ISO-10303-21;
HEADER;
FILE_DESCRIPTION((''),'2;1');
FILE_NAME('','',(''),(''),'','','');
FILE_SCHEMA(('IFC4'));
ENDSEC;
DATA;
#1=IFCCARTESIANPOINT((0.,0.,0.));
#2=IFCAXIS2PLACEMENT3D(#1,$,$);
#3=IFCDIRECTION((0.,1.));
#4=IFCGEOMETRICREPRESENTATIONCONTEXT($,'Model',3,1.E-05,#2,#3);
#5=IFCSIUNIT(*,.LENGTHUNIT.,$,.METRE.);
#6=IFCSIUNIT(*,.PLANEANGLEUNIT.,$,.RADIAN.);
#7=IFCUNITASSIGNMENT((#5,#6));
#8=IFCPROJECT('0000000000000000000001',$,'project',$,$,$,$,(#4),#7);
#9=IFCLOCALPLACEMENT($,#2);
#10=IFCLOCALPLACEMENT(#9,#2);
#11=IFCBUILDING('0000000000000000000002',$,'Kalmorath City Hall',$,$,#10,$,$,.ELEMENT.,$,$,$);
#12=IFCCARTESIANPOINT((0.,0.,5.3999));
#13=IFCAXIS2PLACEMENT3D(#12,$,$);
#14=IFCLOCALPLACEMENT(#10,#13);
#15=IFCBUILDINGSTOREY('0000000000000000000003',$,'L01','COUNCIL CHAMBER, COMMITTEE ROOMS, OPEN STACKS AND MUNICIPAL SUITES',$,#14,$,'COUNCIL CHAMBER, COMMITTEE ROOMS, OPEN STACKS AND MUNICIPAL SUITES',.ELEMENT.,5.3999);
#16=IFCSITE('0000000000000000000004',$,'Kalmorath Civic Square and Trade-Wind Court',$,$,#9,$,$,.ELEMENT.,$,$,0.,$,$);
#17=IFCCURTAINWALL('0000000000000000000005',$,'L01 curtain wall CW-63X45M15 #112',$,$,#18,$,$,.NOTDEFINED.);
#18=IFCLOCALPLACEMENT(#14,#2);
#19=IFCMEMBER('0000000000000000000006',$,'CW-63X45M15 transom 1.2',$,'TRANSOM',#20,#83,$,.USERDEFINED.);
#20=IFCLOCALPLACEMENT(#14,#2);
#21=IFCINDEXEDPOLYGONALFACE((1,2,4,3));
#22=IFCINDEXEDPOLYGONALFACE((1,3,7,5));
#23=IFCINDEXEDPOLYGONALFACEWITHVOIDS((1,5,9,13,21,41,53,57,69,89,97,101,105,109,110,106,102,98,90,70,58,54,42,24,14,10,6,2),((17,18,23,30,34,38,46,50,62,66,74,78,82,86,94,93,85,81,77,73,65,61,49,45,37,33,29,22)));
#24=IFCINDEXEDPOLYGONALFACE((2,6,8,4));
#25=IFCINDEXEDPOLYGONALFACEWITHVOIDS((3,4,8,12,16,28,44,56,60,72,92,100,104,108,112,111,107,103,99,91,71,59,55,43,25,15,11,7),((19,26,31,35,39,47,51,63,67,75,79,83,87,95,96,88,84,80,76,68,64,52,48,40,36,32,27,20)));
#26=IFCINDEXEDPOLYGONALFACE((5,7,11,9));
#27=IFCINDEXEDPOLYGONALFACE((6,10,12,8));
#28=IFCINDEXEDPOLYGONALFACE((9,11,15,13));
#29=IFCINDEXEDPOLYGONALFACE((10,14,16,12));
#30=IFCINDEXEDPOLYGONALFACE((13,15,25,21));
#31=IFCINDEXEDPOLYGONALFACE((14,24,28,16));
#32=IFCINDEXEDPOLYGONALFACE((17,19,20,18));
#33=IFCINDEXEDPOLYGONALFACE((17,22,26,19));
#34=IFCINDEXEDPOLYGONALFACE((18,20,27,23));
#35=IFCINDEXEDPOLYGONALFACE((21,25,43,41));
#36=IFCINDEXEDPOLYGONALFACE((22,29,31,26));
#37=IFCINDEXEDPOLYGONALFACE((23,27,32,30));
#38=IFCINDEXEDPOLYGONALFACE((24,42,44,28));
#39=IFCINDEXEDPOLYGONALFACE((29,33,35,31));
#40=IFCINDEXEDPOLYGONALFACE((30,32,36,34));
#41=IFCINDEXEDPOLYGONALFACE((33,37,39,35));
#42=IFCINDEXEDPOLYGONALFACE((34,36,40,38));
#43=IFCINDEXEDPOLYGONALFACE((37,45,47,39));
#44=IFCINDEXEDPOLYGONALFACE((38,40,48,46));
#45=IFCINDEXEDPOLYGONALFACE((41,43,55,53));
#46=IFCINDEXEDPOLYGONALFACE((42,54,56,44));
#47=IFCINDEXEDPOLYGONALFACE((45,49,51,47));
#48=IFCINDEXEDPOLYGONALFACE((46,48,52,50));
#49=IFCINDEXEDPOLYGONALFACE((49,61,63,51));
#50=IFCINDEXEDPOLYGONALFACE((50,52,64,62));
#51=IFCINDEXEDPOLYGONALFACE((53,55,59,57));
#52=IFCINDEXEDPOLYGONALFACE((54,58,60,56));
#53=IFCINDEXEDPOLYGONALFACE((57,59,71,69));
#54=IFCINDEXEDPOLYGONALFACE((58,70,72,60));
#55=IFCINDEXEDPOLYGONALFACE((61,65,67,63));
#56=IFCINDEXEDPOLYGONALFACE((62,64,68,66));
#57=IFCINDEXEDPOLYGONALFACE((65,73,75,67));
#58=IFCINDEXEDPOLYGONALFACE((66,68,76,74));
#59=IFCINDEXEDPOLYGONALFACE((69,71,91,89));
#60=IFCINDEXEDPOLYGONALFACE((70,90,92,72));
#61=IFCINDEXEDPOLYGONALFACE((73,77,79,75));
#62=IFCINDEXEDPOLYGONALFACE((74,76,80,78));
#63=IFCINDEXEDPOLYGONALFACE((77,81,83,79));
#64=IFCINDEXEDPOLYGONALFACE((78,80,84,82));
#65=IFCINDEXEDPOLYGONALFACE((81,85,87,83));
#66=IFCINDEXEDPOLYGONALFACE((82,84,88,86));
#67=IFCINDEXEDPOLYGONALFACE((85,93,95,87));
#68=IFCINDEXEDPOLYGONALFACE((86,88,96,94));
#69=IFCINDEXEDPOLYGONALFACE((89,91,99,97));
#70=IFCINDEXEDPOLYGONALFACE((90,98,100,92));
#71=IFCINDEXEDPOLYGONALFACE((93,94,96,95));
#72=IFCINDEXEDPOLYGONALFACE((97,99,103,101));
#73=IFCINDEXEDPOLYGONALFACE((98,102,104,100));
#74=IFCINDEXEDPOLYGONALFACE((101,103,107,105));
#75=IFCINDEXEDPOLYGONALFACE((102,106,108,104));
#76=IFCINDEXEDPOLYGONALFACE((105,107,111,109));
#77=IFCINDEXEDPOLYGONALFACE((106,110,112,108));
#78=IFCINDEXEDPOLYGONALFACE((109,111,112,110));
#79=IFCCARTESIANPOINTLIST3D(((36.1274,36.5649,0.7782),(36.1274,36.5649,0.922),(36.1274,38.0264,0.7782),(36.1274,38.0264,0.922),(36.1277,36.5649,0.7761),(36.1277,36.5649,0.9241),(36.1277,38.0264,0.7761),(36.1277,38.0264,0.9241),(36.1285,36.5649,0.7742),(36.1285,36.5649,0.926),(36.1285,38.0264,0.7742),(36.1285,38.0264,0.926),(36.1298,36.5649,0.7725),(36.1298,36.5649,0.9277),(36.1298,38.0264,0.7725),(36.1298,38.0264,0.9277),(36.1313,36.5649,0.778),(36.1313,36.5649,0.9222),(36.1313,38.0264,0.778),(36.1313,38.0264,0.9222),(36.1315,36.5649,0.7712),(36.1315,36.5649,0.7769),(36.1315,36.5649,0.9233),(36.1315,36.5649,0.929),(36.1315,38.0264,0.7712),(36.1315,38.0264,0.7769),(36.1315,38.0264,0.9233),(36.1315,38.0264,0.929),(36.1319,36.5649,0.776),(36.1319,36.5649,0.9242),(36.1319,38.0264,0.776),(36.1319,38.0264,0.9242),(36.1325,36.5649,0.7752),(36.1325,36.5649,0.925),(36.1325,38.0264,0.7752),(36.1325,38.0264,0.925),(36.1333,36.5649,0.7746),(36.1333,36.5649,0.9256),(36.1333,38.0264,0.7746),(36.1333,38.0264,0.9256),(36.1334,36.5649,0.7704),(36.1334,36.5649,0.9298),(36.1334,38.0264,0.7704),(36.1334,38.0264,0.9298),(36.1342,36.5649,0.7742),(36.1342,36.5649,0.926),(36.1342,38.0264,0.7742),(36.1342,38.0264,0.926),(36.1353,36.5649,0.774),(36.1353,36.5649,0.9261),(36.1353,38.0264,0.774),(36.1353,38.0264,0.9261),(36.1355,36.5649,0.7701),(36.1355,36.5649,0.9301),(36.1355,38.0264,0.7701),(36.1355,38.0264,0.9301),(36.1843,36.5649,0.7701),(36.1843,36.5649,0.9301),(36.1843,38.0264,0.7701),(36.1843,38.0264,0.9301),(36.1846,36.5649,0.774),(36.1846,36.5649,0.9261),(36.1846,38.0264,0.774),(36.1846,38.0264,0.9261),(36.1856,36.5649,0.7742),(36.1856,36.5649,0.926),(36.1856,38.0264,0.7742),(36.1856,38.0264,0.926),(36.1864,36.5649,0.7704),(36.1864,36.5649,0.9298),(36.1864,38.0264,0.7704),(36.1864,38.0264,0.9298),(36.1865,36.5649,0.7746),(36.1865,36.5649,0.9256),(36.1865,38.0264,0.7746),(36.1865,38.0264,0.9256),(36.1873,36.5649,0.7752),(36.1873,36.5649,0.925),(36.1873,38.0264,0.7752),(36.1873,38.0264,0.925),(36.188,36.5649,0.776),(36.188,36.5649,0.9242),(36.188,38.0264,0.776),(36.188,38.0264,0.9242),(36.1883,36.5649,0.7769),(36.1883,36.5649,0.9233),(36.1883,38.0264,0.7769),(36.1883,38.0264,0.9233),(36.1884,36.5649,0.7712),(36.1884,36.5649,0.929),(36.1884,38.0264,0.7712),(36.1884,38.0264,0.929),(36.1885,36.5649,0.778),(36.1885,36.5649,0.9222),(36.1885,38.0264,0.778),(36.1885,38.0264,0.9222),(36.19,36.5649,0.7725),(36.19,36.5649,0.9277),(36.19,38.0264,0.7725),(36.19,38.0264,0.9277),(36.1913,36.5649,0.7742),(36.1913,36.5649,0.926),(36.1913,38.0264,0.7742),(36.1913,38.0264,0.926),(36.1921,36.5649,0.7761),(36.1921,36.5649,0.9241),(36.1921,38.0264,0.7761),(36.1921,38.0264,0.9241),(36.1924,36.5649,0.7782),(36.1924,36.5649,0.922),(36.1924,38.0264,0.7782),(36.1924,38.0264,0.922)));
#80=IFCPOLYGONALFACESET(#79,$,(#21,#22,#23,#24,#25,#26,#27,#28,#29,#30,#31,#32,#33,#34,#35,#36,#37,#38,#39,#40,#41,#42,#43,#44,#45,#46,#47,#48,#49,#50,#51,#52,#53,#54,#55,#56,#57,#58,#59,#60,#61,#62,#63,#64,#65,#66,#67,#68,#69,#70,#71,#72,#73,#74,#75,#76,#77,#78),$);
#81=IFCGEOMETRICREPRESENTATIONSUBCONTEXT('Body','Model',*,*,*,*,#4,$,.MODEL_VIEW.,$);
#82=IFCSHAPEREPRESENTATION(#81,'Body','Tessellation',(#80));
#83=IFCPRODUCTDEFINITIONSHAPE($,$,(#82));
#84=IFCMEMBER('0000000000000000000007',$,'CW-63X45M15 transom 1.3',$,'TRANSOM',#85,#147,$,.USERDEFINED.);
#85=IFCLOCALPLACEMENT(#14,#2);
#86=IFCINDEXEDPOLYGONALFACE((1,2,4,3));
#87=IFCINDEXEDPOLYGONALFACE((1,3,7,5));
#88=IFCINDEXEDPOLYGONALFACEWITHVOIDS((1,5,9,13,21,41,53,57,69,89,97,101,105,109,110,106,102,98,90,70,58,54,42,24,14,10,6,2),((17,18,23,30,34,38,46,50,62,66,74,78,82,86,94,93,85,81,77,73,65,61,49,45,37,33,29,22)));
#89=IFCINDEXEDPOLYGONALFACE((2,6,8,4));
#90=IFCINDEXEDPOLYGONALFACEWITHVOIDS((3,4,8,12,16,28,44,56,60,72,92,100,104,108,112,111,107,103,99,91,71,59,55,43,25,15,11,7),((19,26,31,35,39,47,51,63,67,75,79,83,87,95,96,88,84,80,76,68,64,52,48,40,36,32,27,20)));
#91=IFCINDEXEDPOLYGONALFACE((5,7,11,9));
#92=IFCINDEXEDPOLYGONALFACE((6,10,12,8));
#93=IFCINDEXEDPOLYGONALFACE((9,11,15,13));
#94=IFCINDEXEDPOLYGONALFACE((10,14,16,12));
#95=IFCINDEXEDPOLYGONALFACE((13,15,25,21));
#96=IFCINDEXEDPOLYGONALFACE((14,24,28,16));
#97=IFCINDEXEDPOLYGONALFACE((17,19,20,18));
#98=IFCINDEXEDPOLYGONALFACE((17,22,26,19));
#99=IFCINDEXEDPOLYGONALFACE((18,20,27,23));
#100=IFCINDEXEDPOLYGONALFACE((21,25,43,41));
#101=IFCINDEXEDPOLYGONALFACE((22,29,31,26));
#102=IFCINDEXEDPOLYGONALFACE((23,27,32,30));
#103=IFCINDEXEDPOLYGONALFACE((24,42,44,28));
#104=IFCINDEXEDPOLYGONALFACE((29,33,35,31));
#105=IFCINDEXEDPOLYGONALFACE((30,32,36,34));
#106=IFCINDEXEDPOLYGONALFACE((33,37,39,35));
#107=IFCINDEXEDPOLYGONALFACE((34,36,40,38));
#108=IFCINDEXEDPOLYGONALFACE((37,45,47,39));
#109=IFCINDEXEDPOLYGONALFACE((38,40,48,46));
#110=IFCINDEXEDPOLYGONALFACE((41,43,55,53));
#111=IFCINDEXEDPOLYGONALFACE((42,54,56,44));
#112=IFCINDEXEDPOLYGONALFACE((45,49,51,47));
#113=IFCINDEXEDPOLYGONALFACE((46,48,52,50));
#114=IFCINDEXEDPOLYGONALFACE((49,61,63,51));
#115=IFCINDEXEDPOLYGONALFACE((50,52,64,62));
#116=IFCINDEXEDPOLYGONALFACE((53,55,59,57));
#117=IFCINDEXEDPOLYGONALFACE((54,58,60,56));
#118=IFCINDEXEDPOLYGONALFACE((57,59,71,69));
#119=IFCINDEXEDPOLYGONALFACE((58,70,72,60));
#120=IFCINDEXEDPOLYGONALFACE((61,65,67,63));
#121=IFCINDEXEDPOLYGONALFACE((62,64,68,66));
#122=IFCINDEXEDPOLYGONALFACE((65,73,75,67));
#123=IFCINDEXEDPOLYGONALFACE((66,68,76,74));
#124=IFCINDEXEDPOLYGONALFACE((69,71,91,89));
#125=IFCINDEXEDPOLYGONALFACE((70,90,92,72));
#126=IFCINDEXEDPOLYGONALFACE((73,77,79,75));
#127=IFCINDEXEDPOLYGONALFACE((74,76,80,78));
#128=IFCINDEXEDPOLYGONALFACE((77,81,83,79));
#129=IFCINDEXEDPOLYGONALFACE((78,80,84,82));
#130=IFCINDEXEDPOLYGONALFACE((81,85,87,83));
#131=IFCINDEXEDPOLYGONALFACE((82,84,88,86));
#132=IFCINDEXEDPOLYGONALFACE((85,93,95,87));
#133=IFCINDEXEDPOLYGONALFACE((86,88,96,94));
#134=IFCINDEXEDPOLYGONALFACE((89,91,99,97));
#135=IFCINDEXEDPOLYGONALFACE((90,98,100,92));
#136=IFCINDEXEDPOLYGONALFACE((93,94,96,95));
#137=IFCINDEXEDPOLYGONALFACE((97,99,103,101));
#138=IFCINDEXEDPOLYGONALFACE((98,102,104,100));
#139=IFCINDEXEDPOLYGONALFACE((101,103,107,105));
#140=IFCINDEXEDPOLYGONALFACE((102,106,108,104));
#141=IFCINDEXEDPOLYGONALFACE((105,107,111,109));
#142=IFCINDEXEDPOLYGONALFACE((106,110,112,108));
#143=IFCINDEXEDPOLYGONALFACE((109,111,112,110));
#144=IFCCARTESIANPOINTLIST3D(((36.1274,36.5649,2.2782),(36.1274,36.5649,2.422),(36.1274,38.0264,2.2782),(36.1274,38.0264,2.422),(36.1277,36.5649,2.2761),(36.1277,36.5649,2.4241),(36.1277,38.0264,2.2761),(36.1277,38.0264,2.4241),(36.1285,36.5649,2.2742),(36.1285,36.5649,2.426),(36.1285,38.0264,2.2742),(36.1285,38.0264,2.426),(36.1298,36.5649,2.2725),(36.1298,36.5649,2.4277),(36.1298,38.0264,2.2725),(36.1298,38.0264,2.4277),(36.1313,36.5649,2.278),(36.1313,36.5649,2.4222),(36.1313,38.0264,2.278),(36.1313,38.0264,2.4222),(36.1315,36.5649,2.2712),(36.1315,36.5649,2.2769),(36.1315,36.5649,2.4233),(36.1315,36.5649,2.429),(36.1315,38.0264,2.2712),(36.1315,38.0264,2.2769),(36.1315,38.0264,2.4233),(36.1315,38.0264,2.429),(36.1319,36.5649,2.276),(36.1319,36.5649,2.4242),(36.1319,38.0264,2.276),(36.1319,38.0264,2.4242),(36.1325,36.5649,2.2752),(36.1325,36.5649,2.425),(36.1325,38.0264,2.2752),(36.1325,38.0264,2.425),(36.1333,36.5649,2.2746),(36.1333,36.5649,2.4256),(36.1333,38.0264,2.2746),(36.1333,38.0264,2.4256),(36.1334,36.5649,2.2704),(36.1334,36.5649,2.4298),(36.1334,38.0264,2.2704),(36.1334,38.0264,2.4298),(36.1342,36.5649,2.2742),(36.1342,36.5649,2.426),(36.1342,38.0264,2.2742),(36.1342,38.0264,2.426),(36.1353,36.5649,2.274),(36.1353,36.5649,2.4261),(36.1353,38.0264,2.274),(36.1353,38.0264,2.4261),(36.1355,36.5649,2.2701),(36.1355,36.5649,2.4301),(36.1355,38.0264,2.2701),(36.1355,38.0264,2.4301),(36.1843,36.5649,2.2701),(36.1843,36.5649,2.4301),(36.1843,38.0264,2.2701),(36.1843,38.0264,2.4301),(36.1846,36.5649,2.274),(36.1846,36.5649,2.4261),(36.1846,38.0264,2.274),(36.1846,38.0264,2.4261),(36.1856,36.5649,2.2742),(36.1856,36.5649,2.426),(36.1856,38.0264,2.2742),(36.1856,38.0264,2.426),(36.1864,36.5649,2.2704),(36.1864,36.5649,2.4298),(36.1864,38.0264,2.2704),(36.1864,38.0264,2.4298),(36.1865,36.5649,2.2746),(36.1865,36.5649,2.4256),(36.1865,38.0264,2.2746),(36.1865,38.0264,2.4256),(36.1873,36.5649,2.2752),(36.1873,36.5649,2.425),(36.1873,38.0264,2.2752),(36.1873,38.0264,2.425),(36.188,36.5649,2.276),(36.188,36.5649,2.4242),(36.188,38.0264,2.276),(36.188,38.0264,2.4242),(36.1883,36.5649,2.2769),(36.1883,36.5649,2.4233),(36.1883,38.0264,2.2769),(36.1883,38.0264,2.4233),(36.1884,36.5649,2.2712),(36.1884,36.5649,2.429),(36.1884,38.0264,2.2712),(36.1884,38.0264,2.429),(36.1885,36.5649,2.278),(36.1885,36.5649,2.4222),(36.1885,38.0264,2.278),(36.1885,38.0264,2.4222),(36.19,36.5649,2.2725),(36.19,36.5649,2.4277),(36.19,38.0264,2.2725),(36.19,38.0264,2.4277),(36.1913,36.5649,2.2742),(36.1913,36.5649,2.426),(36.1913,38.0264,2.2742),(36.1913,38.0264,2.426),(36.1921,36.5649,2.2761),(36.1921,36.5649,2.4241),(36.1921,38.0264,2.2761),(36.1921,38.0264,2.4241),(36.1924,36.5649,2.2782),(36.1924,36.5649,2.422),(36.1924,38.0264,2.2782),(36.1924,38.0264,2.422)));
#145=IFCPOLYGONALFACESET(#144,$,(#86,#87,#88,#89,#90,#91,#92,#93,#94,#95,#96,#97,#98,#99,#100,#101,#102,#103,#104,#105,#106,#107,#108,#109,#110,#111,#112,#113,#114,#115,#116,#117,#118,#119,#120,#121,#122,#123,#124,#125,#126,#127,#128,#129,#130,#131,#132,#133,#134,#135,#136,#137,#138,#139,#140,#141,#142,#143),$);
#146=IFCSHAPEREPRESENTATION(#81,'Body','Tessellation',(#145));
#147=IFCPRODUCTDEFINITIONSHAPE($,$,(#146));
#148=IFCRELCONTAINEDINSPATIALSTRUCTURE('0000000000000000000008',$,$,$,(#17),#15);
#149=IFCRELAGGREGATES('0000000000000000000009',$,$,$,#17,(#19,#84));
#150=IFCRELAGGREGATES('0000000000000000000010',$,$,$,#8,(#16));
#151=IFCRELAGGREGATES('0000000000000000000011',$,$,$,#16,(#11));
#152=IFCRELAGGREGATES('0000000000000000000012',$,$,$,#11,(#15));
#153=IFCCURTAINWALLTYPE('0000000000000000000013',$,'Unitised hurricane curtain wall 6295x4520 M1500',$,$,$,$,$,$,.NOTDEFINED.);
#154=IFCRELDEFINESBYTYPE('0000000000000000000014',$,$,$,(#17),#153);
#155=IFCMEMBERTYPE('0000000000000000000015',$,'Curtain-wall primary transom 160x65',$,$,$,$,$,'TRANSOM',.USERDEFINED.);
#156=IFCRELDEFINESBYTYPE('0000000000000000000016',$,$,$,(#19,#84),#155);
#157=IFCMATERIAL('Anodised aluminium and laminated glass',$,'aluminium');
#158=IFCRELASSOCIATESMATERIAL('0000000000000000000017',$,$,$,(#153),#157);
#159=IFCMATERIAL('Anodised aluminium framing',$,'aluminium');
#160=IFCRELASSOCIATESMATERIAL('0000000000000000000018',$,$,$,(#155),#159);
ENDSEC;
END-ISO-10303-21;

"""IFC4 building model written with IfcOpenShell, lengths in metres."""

from ifc_helpers import new_model, si_unit, direction, frame, origin, origin_2d, place, context, subcontext, project, spatial, hollow_rectangle, extrude, material, material_profile, profile_set, type_object, element, aggregate, save


model = new_model("IFC4")

# Units and contexts
model_context = context("Model", 3, precision=1e-05, world=origin(), true_north=direction((0.0, 1.0)))
body_context = subcontext(model_context, "Body", "Model", "MODEL_VIEW")
ifc_project = project(units=[si_unit("LENGTHUNIT", "METRE"), si_unit("PLANEANGLEUNIT", "RADIAN")], contexts=[model_context])

# Site, building, storey
site_placement = place(None, origin())
site = spatial("IfcSite", under=ifc_project, at=site_placement, Name="Kalmorath Civic Square and Trade-Wind Court", CompositionType="ELEMENT", RefElevation=0.0)
building_placement = place(site_placement, origin())
building = spatial("IfcBuilding", under=site, at=building_placement, Name="Kalmorath City Hall", CompositionType="ELEMENT")
storey_placement = place(building_placement, frame((0.0, 0.0, 5.3999)))
storey = spatial("IfcBuildingStorey", under=building, at=storey_placement, Name="L01", Description="COUNCIL CHAMBER, COMMITTEE ROOMS, OPEN STACKS AND MUNICIPAL SUITES", LongName="COUNCIL CHAMBER, COMMITTEE ROOMS, OPEN STACKS AND MUNICIPAL SUITES", CompositionType="ELEMENT", Elevation=5.3999)

# Curtain wall
ifc_material_1 = material(Name="Anodised aluminium and laminated glass", Category="aluminium")
curtain_wall_type_1 = type_object("IfcCurtainWallType", Name="Unitised hurricane curtain wall 6295x4520 M1500", PredefinedType="NOTDEFINED", material=ifc_material_1)
curtain_wall_1_placement = place(storey_placement, origin())
curtain_wall_1 = element("IfcCurtainWall", 1, at=curtain_wall_1_placement, inside=storey, type_object=curtain_wall_type_1, Name="L01 curtain wall CW-63X45M15 #112", PredefinedType="NOTDEFINED")

# Members
ifc_material_2 = material(Name="Anodised aluminium framing", Category="aluminium")
ifc_material_profile_1 = material_profile(ifc_material_2, hollow_rectangle(XDim=0.0649, YDim=0.1599, WallThickness=0.0039, InnerFilletRadius=0.0039, OuterFilletRadius=0.0081, at=origin_2d()), Name="ALU-TRN-160X65X4")
ifc_profile_set_1 = profile_set([ifc_material_profile_1], Name="Anodised aluminium framing")
member_type_1 = type_object("IfcMemberType", Name="Curtain-wall primary transom 160x65", ElementType="TRANSOM", PredefinedType="USERDEFINED", material=ifc_profile_set_1)
member_1_placement = place(storey_placement, frame((36.1599, 36.5649, 0.8501), z_axis=(0.0, 1.0, 0.0), x_axis=(-1.0, 0.0, 0.0)))
member_1 = element("IfcMember", 2, at=member_1_placement, type_object=member_type_1, Name="CW-63X45M15 transom 1.2", ObjectType="TRANSOM", PredefinedType="USERDEFINED", context=body_context, shape_type="SweptSolid", body=[
    extrude(hollow_rectangle(XDim=0.0649, YDim=0.1599, WallThickness=0.0039, InnerFilletRadius=0.0039, OuterFilletRadius=0.0081, at=origin_2d()), origin(), (0.0, 0.0, 1.0), 1.4614),
])
member_2_placement = place(storey_placement, frame((36.1599, 36.5649, 2.3501), z_axis=(0.0, 1.0, 0.0), x_axis=(-1.0, 0.0, 0.0)))
member_2 = element("IfcMember", 3, at=member_2_placement, type_object=member_type_1, Name="CW-63X45M15 transom 1.3", ObjectType="TRANSOM", PredefinedType="USERDEFINED", context=body_context, shape_type="SweptSolid", body=[
    extrude(hollow_rectangle(XDim=0.0649, YDim=0.1599, WallThickness=0.0039, InnerFilletRadius=0.0039, OuterFilletRadius=0.0081, at=origin_2d()), origin(), (0.0, 0.0, 1.0), 1.4614),
])

aggregate(curtain_wall_1, [member_1, member_2])

save(model, "model.ifc")
